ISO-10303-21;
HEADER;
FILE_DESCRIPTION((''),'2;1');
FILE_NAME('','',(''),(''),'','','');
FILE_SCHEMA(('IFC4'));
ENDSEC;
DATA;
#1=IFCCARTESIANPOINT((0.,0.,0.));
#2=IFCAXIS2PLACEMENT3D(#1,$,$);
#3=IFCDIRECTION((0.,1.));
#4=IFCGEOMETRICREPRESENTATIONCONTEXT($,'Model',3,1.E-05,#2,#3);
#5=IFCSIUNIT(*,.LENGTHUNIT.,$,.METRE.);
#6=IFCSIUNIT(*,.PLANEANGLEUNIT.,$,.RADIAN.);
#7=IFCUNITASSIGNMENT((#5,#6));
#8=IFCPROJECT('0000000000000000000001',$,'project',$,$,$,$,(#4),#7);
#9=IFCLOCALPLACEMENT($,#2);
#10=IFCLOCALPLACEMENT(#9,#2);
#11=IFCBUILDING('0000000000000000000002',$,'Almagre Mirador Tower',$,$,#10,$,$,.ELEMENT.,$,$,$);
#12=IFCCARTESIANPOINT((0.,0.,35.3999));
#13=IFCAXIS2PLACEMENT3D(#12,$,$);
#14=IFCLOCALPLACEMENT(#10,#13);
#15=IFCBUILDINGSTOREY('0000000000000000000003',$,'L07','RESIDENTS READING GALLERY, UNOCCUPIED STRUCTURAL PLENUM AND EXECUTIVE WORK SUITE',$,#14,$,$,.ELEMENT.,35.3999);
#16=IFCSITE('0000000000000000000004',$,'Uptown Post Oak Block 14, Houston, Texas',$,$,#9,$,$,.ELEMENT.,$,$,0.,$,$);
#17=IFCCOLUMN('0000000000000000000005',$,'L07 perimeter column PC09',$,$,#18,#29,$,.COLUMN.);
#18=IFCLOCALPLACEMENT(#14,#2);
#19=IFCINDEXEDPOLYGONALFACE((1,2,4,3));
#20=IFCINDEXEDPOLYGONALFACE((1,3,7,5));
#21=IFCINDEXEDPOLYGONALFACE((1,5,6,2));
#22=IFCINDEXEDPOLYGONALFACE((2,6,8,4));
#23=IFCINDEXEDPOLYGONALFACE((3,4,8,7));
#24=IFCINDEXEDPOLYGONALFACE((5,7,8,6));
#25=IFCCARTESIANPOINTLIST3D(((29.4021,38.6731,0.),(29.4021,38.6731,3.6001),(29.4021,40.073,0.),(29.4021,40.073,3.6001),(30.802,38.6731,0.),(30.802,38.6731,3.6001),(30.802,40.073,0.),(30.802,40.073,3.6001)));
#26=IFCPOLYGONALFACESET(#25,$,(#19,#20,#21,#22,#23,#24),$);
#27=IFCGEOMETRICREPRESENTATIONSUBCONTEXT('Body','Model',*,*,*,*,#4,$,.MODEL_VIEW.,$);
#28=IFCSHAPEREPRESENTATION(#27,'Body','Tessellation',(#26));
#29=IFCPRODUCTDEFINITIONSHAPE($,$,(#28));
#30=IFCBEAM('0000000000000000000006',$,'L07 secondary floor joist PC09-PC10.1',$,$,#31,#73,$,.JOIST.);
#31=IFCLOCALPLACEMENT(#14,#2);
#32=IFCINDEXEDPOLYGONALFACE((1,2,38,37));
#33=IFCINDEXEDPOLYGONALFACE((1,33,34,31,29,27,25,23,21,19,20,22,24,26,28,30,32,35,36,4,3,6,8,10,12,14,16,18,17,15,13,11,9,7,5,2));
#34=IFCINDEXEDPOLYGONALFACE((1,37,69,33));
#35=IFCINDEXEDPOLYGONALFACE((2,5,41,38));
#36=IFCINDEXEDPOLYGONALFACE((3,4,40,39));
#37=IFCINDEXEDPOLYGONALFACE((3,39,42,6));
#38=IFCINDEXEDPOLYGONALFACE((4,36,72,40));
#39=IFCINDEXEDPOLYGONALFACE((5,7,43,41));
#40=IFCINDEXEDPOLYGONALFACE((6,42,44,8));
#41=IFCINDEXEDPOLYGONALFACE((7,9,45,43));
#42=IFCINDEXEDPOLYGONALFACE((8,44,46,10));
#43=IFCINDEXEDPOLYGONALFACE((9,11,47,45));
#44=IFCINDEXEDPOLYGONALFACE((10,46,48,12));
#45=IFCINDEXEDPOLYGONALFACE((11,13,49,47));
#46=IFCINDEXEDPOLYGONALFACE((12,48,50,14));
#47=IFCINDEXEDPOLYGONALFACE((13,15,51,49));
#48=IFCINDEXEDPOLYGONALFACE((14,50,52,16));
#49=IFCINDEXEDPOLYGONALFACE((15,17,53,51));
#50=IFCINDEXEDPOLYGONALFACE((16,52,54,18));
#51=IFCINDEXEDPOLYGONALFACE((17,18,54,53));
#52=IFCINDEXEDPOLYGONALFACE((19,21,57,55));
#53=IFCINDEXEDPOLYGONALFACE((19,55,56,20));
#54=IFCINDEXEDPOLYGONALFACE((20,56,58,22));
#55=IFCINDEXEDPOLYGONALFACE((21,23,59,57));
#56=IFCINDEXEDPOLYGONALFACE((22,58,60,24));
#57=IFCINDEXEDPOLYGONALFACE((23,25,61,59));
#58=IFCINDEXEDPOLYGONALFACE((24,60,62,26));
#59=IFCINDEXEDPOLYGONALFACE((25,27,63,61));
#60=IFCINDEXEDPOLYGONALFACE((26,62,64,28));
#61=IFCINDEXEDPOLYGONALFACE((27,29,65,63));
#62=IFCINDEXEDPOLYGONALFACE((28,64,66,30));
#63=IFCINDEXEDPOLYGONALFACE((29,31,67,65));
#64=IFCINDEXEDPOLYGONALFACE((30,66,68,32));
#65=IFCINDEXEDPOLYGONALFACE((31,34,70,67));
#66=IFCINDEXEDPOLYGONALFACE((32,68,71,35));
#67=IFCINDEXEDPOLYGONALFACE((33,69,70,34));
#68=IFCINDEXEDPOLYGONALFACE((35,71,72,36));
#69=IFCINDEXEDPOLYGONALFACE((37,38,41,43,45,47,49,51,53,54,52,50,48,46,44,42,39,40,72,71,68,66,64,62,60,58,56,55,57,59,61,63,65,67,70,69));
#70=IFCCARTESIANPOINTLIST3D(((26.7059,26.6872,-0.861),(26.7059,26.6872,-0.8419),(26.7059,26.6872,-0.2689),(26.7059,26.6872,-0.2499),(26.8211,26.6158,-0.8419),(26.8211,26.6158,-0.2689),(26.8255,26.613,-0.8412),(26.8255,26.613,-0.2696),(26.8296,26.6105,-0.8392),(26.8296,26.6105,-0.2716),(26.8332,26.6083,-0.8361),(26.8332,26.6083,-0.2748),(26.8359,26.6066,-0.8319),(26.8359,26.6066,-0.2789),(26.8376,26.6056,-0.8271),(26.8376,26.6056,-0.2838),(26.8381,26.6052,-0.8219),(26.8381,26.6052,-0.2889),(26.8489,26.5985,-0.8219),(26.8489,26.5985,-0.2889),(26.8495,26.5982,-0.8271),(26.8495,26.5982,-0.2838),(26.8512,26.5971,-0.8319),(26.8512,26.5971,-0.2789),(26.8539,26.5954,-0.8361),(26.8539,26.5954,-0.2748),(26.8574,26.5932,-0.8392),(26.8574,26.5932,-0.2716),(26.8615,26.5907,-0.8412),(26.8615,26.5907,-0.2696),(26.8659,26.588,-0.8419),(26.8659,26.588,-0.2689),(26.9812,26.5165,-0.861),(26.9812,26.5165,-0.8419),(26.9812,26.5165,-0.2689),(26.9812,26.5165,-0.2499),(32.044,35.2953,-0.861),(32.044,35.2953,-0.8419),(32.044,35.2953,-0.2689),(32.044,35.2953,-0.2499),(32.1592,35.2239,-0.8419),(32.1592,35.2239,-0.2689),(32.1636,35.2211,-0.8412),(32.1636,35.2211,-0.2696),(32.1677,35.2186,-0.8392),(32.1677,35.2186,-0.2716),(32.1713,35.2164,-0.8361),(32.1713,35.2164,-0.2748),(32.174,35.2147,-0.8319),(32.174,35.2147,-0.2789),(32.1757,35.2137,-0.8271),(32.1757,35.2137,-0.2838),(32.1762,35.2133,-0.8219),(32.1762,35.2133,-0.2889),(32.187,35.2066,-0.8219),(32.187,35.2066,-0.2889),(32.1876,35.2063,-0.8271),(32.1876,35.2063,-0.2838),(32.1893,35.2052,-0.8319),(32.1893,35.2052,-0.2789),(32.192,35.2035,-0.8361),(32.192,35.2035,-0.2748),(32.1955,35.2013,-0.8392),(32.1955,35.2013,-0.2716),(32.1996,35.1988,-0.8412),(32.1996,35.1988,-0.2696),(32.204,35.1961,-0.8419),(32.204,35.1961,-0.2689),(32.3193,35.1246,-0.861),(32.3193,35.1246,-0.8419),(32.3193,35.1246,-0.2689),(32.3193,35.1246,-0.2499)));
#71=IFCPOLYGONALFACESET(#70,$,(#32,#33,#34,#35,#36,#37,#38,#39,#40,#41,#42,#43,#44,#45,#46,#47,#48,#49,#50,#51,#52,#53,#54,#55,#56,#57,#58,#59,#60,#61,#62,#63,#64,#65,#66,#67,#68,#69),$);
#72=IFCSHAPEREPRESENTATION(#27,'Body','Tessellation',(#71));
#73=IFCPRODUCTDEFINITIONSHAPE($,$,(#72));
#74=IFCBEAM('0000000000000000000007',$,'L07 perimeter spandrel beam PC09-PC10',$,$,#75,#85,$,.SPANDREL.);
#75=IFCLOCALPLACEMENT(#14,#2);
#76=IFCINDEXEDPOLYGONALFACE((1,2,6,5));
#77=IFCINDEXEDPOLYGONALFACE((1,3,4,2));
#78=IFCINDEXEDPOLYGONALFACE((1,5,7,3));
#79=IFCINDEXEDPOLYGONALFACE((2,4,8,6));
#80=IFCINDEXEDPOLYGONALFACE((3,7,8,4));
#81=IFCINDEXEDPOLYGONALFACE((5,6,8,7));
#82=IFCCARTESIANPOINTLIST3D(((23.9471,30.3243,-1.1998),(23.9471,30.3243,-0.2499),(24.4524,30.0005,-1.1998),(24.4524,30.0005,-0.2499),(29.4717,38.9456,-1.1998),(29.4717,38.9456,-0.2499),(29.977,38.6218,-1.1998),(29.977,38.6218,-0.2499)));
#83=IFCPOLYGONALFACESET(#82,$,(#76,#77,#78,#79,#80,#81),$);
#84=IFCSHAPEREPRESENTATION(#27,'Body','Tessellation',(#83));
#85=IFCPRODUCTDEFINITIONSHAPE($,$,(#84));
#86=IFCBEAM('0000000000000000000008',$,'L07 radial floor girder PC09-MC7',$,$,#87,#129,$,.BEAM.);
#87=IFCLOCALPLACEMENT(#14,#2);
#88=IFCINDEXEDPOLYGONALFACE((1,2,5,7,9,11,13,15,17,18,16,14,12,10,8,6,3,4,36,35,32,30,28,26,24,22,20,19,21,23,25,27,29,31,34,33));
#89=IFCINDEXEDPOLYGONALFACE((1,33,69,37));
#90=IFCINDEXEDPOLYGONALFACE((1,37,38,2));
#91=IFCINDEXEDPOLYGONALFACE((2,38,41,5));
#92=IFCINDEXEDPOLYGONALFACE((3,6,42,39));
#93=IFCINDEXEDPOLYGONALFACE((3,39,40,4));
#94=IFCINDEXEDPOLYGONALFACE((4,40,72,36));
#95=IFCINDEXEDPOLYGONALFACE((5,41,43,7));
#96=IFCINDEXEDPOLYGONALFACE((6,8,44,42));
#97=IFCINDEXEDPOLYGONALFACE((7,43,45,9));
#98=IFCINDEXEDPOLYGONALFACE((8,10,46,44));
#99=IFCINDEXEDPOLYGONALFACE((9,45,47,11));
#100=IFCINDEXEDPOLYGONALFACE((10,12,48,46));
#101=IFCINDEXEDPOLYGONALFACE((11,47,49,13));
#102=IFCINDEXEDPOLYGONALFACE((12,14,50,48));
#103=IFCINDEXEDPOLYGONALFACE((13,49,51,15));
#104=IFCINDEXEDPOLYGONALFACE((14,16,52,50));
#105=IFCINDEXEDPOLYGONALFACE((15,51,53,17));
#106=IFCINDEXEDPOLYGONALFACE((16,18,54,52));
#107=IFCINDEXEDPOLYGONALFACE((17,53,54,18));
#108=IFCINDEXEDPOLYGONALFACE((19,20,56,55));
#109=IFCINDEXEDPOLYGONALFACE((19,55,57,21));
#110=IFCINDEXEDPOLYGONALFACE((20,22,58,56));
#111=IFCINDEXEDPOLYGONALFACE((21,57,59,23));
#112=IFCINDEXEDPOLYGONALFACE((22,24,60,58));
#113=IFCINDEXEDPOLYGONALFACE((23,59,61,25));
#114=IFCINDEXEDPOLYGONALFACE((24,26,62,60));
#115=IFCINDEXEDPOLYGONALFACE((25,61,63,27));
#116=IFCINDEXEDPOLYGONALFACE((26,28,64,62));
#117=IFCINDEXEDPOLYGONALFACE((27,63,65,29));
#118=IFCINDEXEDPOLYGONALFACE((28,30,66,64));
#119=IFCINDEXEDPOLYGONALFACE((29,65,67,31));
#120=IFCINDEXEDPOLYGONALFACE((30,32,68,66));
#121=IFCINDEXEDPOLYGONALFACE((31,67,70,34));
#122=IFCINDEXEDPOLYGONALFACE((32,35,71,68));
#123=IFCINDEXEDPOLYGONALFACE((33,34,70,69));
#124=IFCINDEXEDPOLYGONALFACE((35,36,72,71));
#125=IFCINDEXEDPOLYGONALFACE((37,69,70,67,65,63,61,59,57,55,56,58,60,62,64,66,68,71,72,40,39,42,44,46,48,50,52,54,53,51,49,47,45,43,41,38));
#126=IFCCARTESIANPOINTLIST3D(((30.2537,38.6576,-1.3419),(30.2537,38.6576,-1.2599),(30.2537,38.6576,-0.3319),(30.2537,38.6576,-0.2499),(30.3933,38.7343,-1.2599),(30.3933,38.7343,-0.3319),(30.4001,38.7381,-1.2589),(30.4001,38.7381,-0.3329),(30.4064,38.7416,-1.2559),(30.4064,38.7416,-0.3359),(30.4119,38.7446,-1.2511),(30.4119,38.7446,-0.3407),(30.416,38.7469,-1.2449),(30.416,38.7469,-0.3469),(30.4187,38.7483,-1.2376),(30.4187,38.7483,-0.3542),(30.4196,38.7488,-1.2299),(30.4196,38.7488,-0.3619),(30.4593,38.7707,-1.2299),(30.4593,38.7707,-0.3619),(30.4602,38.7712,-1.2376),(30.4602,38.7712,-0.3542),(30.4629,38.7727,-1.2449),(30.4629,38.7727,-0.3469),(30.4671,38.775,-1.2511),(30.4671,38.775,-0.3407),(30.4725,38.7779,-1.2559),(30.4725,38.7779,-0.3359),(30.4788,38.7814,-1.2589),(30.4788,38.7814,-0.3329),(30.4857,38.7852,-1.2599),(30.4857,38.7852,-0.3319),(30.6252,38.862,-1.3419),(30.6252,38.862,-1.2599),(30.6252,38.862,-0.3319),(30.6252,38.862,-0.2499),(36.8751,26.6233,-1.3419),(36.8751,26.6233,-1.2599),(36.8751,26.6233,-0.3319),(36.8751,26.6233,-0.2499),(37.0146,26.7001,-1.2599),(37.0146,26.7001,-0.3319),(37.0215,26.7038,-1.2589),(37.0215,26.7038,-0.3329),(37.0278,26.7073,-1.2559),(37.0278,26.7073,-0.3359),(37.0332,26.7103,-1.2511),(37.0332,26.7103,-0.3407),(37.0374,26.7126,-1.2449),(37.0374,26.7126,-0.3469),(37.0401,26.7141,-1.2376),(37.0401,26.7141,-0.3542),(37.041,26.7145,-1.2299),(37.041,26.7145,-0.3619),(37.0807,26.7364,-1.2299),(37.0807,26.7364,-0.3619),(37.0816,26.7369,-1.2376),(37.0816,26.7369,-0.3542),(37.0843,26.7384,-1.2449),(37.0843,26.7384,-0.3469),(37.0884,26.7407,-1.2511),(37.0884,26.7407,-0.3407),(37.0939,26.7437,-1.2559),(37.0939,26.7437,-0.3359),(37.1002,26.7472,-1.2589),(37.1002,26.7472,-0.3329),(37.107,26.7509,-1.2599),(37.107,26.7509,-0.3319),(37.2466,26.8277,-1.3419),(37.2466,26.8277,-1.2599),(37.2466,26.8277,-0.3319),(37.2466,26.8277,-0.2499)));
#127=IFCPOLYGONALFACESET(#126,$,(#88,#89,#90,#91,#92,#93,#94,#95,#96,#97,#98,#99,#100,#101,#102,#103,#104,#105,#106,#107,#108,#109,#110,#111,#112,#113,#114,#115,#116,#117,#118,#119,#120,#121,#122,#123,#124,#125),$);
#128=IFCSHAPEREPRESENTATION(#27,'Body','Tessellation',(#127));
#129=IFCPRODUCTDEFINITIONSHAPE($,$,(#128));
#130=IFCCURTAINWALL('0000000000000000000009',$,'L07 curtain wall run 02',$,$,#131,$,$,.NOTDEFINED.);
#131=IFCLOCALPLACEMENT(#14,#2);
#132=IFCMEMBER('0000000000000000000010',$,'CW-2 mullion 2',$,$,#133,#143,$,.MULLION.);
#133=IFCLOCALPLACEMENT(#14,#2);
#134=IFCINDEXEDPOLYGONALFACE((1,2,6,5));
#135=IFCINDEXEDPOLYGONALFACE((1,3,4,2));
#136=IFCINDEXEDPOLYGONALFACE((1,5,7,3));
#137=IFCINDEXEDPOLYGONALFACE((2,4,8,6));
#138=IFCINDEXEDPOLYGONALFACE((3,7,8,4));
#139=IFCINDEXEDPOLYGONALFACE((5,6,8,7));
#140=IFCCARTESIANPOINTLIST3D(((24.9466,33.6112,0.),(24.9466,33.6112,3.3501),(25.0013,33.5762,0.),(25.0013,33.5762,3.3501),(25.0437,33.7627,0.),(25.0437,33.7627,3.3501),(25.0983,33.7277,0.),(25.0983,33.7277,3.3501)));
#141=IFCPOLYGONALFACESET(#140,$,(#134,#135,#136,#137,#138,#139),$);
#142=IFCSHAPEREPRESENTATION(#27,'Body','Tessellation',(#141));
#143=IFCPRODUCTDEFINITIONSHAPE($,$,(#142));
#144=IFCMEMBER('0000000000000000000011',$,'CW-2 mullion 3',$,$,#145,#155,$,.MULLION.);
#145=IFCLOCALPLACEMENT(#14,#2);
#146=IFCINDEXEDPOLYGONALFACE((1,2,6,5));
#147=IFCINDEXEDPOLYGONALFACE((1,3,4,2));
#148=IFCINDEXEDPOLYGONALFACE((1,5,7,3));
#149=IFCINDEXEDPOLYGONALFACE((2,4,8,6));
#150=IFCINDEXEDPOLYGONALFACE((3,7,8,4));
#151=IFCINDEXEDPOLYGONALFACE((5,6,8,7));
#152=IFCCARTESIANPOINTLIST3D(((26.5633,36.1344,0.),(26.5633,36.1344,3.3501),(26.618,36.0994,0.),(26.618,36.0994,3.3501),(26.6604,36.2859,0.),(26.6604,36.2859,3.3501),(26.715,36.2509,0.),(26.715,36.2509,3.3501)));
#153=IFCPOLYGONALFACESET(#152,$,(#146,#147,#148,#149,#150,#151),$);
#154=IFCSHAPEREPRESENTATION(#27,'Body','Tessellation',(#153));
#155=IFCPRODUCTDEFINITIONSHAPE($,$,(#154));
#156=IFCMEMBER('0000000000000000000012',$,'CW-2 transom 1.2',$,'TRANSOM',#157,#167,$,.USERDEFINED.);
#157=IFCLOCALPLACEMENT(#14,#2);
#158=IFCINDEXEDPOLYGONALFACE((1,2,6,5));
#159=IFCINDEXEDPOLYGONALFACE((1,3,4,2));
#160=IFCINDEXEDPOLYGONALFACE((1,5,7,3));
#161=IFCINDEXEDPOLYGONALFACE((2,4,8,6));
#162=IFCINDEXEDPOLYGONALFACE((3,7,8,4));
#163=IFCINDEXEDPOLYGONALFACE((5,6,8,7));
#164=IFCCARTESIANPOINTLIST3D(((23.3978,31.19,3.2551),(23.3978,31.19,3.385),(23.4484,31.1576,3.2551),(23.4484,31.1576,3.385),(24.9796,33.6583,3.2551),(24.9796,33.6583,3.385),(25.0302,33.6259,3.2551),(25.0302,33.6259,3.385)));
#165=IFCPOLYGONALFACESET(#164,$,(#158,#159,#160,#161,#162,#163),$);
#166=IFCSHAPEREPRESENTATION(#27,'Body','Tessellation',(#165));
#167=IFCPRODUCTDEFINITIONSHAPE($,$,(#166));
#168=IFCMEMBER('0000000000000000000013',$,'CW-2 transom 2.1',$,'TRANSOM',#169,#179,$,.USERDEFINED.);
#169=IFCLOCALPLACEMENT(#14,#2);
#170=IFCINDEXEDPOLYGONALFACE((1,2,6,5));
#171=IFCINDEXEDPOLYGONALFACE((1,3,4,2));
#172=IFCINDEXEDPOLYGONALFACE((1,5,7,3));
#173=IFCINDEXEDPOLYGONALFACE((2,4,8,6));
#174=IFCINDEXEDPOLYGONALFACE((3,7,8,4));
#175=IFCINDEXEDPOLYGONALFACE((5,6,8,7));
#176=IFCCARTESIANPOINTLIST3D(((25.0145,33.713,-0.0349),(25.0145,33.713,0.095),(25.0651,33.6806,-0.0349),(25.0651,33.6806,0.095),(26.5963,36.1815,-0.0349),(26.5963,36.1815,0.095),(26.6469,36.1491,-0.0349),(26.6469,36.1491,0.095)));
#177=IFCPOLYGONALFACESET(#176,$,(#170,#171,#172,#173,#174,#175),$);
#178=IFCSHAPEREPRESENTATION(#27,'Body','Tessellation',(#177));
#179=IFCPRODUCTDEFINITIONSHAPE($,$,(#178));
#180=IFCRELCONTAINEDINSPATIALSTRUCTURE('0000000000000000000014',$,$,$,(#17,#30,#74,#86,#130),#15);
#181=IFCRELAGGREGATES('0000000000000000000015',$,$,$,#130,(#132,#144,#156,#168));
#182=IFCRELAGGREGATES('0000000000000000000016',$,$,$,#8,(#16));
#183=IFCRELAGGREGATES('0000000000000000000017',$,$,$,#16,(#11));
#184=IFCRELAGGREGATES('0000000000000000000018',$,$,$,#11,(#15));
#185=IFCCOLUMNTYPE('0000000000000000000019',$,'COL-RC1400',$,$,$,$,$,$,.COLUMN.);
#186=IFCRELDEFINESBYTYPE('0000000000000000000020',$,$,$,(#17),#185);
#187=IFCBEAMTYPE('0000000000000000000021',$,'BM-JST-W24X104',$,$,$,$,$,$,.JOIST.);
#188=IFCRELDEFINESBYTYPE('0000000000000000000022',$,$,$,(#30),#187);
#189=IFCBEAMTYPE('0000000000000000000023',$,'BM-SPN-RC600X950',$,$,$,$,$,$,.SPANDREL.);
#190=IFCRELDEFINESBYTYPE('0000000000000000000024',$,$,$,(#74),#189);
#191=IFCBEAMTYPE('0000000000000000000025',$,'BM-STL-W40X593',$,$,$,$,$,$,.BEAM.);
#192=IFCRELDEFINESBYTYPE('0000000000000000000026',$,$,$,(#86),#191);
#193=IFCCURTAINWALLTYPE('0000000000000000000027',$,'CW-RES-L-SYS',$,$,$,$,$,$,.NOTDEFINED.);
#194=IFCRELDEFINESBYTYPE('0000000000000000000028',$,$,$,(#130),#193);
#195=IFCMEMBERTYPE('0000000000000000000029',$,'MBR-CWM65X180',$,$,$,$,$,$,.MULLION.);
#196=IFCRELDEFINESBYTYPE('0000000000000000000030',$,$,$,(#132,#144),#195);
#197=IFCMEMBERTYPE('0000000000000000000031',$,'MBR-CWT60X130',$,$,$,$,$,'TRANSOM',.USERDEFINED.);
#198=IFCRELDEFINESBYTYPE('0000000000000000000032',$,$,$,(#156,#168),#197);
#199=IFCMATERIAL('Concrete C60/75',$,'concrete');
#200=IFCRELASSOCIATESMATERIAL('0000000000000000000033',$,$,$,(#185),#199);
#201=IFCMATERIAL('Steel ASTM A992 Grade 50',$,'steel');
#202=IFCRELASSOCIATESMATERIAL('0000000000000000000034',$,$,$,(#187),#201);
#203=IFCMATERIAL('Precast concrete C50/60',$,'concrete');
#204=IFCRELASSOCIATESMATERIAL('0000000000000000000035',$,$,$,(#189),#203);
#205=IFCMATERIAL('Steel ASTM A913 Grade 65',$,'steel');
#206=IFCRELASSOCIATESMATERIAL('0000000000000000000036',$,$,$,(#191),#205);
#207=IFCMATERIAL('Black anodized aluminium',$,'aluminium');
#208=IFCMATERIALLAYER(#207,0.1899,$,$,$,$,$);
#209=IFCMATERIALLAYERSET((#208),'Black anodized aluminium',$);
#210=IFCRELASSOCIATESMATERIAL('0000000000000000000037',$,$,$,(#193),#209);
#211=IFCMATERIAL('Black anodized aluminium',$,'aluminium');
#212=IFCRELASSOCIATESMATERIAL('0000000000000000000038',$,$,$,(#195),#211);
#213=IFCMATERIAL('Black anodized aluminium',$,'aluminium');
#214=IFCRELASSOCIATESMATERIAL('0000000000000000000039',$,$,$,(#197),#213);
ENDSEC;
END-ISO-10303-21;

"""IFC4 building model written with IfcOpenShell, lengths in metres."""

from ifc_helpers import new_model, si_unit, direction, frame, origin, origin_2d, place, context, subcontext, project, spatial, rectangle, i_section, extrude, material, layer, layer_set, material_profile, profile_set, type_object, element, aggregate, save


model = new_model("IFC4")

# Units and contexts
model_context = context("Model", 3, precision=1e-05, world=origin(), true_north=direction((0.0, 1.0)))
body_context = subcontext(model_context, "Body", "Model", "MODEL_VIEW")
ifc_project = project(units=[si_unit("LENGTHUNIT", "METRE"), si_unit("PLANEANGLEUNIT", "RADIAN")], contexts=[model_context])

# Site, building, storey
site_placement = place(None, origin())
site = spatial("IfcSite", under=ifc_project, at=site_placement, Name="Uptown Post Oak Block 14, Houston, Texas", CompositionType="ELEMENT", RefElevation=0.0)
building_placement = place(site_placement, origin())
building = spatial("IfcBuilding", under=site, at=building_placement, Name="Almagre Mirador Tower", CompositionType="ELEMENT")
storey_placement = place(building_placement, frame((0.0, 0.0, 35.3999)))
storey = spatial("IfcBuildingStorey", under=building, at=storey_placement, Name="L07", Description="RESIDENTS READING GALLERY, UNOCCUPIED STRUCTURAL PLENUM AND EXECUTIVE WORK SUITE", CompositionType="ELEMENT", Elevation=35.3999)

# Column
ifc_material_1 = material(Name="Concrete C60/75", Category="concrete")
ifc_material_profile_1 = material_profile(ifc_material_1, rectangle(XDim=1.3999, YDim=1.3999, at=origin_2d()), Name="RC1400X1400")
ifc_profile_set_1 = profile_set([ifc_material_profile_1], Name="Concrete C60/75")
column_type = type_object("IfcColumnType", Name="COL-RC1400", PredefinedType="COLUMN", material=ifc_profile_set_1)
column_placement = place(storey_placement, frame((30.1021, 39.373, 0.0), z_axis=(0.0, 0.0, 1.0), x_axis=(1.0, 0.0, 0.0)))
element("IfcColumn", 1, at=column_placement, inside=storey, type_object=column_type, Name="L07 perimeter column PC09", PredefinedType="COLUMN", context=body_context, shape_type="SweptSolid", body=[
    extrude(rectangle(XDim=1.3999, YDim=1.3999, at=origin_2d()), origin(), (0.0, 0.0, 1.0), 3.6001),
])

# Beams
ifc_material_2 = material(Name="Steel ASTM A992 Grade 50", Category="steel")
ifc_material_profile_2 = material_profile(ifc_material_2, i_section(OverallWidth=0.324, OverallDepth=0.6111, WebThickness=0.0127, FlangeThickness=0.019, FilletRadius=0.02, at=origin_2d()), Name="W24X104")
ifc_profile_set_2 = profile_set([ifc_material_profile_2], Name="Steel ASTM A992 Grade 50")
beam_type_1 = type_object("IfcBeamType", Name="BM-JST-W24X104", PredefinedType="JOIST", material=ifc_profile_set_2)
beam_1_placement = place(storey_placement, frame((32.1816, 35.21, -0.5554), z_axis=(-0.527017, -0.849855, 0.0), x_axis=(0.849855, -0.527017, 0.0)))
element("IfcBeam", 2, at=beam_1_placement, inside=storey, type_object=beam_type_1, Name="L07 secondary floor joist PC09-PC10.1", PredefinedType="JOIST", context=body_context, shape_type="SweptSolid", body=[
    extrude(i_section(OverallWidth=0.324, OverallDepth=0.6111, WebThickness=0.0127, FlangeThickness=0.019, FilletRadius=0.02, at=origin_2d()), origin(), (0.0, 0.0, 1.0), 10.1289),
])
ifc_material_3 = material(Name="Precast concrete C50/60", Category="concrete")
ifc_material_profile_3 = material_profile(ifc_material_3, rectangle(XDim=0.6001, YDim=0.95, at=origin_2d()), Name="RC600X950")
ifc_profile_set_3 = profile_set([ifc_material_profile_3], Name="Precast concrete C50/60")
beam_type_2 = type_object("IfcBeamType", Name="BM-SPN-RC600X950", PredefinedType="SPANDREL", material=ifc_profile_set_3)
beam_2_placement = place(storey_placement, frame((29.7244, 38.7837, -0.7249), z_axis=(-0.539539, -0.841961, 0.0), x_axis=(0.841961, -0.539539, 0.0)))
element("IfcBeam", 3, at=beam_2_placement, inside=storey, type_object=beam_type_2, Name="L07 perimeter spandrel beam PC09-PC10", PredefinedType="SPANDREL", context=body_context, shape_type="SweptSolid", body=[
    extrude(rectangle(XDim=0.6001, YDim=0.95, at=origin_2d()), origin(), (0.0, 0.0, 1.0), 10.2395),
])
ifc_material_4 = material(Name="Steel ASTM A913 Grade 65", Category="steel")
ifc_material_profile_4 = material_profile(ifc_material_4, i_section(OverallWidth=0.4241, OverallDepth=1.092, WebThickness=0.0454, FlangeThickness=0.082, FilletRadius=0.03, at=origin_2d()), Name="W40X593")
ifc_profile_set_4 = profile_set([ifc_material_profile_4], Name="Steel ASTM A913 Grade 65")
beam_type_3 = type_object("IfcBeamType", Name="BM-STL-W40X593", PredefinedType="BEAM", material=ifc_profile_set_4)
beam_3_placement = place(storey_placement, frame((30.4395, 38.7598, -0.7959), z_axis=(0.482061, -0.876138, 0.0), x_axis=(0.876138, 0.482061, 0.0)))
element("IfcBeam", 4, at=beam_3_placement, inside=storey, type_object=beam_type_3, Name="L07 radial floor girder PC09-MC7", PredefinedType="BEAM", context=body_context, shape_type="SweptSolid", body=[
    extrude(i_section(OverallWidth=0.4241, OverallDepth=1.092, WebThickness=0.0454, FlangeThickness=0.082, FilletRadius=0.03, at=origin_2d()), origin(), (0.0, 0.0, 1.0), 13.7356),
])

# Curtain wall, members
ifc_material_5 = material(Name="Black anodized aluminium", Category="aluminium")
ifc_layer_1 = layer(ifc_material_5, 0.1899)
ifc_layer_set_1 = layer_set([ifc_layer_1], Name="Black anodized aluminium")
curtain_wall_type = type_object("IfcCurtainWallType", Name="CW-RES-L-SYS", PredefinedType="NOTDEFINED", material=ifc_layer_set_1)
curtain_wall_placement = place(storey_placement, origin())
curtain_wall = element("IfcCurtainWall", 5, at=curtain_wall_placement, inside=storey, type_object=curtain_wall_type, Name="L07 curtain wall run 02", PredefinedType="NOTDEFINED")
ifc_material_6 = material(Name="Black anodized aluminium", Category="aluminium")
ifc_material_profile_5 = material_profile(ifc_material_6, rectangle(XDim=0.0649, YDim=0.1799, at=origin_2d()), Name="CWM65X180")
ifc_profile_set_5 = profile_set([ifc_material_profile_5], Name="Black anodized aluminium")
member_type_1 = type_object("IfcMemberType", Name="MBR-CWM65X180", PredefinedType="MULLION", material=ifc_profile_set_5)
member_1_placement = place(storey_placement, frame((25.0225, 33.6694, 0.0), z_axis=(0.0, 0.0, 1.0), x_axis=(-0.841967, 0.539529, 0.0)))
member_1 = element("IfcMember", 6, at=member_1_placement, type_object=member_type_1, Name="CW-2 mullion 2", PredefinedType="MULLION", context=body_context, shape_type="SweptSolid", body=[
    extrude(rectangle(XDim=0.0649, YDim=0.1799, at=origin_2d()), origin(), (0.0, 0.0, 1.0), 3.3501),
])
member_2_placement = place(storey_placement, frame((26.6392, 36.1926, 0.0), z_axis=(0.0, 0.0, 1.0), x_axis=(-0.841967, 0.539529, 0.0)))
member_2 = element("IfcMember", 7, at=member_2_placement, type_object=member_type_1, Name="CW-2 mullion 3", PredefinedType="MULLION", context=body_context, shape_type="SweptSolid", body=[
    extrude(rectangle(XDim=0.0649, YDim=0.1799, at=origin_2d()), origin(), (0.0, 0.0, 1.0), 3.3501),
])
ifc_material_7 = material(Name="Black anodized aluminium", Category="aluminium")
ifc_material_profile_6 = material_profile(ifc_material_7, rectangle(XDim=0.0601, YDim=0.1299, at=origin_2d()), Name="CWT60X130")
ifc_profile_set_6 = profile_set([ifc_material_profile_6], Name="Black anodized aluminium")
member_type_2 = type_object("IfcMemberType", Name="MBR-CWT60X130", ElementType="TRANSOM", PredefinedType="USERDEFINED", material=ifc_profile_set_6)
member_3_placement = place(storey_placement, frame((23.4231, 31.1738, 3.3201), z_axis=(0.539562, 0.841946, 0.0), x_axis=(-0.841946, 0.539562, 0.0)))
member_3 = element("IfcMember", 8, at=member_3_placement, type_object=member_type_2, Name="CW-2 transom 1.2", ObjectType="TRANSOM", PredefinedType="USERDEFINED", context=body_context, shape_type="SweptSolid", body=[
    extrude(rectangle(XDim=0.0601, YDim=0.1299, at=origin_2d()), origin(), (0.0, 0.0, 1.0), 2.9316),
])
member_4_placement = place(storey_placement, frame((25.0398, 33.6968, 0.03), z_axis=(0.539524, 0.84197, 0.0), x_axis=(-0.84197, 0.539524, 0.0)))
member_4 = element("IfcMember", 9, at=member_4_placement, type_object=member_type_2, Name="CW-2 transom 2.1", ObjectType="TRANSOM", PredefinedType="USERDEFINED", context=body_context, shape_type="SweptSolid", body=[
    extrude(rectangle(XDim=0.0601, YDim=0.1299, at=origin_2d()), origin(), (0.0, 0.0, 1.0), 2.9319),
])
aggregate(curtain_wall, [member_1, member_2, member_3, member_4])

save(model, "model.ifc")
